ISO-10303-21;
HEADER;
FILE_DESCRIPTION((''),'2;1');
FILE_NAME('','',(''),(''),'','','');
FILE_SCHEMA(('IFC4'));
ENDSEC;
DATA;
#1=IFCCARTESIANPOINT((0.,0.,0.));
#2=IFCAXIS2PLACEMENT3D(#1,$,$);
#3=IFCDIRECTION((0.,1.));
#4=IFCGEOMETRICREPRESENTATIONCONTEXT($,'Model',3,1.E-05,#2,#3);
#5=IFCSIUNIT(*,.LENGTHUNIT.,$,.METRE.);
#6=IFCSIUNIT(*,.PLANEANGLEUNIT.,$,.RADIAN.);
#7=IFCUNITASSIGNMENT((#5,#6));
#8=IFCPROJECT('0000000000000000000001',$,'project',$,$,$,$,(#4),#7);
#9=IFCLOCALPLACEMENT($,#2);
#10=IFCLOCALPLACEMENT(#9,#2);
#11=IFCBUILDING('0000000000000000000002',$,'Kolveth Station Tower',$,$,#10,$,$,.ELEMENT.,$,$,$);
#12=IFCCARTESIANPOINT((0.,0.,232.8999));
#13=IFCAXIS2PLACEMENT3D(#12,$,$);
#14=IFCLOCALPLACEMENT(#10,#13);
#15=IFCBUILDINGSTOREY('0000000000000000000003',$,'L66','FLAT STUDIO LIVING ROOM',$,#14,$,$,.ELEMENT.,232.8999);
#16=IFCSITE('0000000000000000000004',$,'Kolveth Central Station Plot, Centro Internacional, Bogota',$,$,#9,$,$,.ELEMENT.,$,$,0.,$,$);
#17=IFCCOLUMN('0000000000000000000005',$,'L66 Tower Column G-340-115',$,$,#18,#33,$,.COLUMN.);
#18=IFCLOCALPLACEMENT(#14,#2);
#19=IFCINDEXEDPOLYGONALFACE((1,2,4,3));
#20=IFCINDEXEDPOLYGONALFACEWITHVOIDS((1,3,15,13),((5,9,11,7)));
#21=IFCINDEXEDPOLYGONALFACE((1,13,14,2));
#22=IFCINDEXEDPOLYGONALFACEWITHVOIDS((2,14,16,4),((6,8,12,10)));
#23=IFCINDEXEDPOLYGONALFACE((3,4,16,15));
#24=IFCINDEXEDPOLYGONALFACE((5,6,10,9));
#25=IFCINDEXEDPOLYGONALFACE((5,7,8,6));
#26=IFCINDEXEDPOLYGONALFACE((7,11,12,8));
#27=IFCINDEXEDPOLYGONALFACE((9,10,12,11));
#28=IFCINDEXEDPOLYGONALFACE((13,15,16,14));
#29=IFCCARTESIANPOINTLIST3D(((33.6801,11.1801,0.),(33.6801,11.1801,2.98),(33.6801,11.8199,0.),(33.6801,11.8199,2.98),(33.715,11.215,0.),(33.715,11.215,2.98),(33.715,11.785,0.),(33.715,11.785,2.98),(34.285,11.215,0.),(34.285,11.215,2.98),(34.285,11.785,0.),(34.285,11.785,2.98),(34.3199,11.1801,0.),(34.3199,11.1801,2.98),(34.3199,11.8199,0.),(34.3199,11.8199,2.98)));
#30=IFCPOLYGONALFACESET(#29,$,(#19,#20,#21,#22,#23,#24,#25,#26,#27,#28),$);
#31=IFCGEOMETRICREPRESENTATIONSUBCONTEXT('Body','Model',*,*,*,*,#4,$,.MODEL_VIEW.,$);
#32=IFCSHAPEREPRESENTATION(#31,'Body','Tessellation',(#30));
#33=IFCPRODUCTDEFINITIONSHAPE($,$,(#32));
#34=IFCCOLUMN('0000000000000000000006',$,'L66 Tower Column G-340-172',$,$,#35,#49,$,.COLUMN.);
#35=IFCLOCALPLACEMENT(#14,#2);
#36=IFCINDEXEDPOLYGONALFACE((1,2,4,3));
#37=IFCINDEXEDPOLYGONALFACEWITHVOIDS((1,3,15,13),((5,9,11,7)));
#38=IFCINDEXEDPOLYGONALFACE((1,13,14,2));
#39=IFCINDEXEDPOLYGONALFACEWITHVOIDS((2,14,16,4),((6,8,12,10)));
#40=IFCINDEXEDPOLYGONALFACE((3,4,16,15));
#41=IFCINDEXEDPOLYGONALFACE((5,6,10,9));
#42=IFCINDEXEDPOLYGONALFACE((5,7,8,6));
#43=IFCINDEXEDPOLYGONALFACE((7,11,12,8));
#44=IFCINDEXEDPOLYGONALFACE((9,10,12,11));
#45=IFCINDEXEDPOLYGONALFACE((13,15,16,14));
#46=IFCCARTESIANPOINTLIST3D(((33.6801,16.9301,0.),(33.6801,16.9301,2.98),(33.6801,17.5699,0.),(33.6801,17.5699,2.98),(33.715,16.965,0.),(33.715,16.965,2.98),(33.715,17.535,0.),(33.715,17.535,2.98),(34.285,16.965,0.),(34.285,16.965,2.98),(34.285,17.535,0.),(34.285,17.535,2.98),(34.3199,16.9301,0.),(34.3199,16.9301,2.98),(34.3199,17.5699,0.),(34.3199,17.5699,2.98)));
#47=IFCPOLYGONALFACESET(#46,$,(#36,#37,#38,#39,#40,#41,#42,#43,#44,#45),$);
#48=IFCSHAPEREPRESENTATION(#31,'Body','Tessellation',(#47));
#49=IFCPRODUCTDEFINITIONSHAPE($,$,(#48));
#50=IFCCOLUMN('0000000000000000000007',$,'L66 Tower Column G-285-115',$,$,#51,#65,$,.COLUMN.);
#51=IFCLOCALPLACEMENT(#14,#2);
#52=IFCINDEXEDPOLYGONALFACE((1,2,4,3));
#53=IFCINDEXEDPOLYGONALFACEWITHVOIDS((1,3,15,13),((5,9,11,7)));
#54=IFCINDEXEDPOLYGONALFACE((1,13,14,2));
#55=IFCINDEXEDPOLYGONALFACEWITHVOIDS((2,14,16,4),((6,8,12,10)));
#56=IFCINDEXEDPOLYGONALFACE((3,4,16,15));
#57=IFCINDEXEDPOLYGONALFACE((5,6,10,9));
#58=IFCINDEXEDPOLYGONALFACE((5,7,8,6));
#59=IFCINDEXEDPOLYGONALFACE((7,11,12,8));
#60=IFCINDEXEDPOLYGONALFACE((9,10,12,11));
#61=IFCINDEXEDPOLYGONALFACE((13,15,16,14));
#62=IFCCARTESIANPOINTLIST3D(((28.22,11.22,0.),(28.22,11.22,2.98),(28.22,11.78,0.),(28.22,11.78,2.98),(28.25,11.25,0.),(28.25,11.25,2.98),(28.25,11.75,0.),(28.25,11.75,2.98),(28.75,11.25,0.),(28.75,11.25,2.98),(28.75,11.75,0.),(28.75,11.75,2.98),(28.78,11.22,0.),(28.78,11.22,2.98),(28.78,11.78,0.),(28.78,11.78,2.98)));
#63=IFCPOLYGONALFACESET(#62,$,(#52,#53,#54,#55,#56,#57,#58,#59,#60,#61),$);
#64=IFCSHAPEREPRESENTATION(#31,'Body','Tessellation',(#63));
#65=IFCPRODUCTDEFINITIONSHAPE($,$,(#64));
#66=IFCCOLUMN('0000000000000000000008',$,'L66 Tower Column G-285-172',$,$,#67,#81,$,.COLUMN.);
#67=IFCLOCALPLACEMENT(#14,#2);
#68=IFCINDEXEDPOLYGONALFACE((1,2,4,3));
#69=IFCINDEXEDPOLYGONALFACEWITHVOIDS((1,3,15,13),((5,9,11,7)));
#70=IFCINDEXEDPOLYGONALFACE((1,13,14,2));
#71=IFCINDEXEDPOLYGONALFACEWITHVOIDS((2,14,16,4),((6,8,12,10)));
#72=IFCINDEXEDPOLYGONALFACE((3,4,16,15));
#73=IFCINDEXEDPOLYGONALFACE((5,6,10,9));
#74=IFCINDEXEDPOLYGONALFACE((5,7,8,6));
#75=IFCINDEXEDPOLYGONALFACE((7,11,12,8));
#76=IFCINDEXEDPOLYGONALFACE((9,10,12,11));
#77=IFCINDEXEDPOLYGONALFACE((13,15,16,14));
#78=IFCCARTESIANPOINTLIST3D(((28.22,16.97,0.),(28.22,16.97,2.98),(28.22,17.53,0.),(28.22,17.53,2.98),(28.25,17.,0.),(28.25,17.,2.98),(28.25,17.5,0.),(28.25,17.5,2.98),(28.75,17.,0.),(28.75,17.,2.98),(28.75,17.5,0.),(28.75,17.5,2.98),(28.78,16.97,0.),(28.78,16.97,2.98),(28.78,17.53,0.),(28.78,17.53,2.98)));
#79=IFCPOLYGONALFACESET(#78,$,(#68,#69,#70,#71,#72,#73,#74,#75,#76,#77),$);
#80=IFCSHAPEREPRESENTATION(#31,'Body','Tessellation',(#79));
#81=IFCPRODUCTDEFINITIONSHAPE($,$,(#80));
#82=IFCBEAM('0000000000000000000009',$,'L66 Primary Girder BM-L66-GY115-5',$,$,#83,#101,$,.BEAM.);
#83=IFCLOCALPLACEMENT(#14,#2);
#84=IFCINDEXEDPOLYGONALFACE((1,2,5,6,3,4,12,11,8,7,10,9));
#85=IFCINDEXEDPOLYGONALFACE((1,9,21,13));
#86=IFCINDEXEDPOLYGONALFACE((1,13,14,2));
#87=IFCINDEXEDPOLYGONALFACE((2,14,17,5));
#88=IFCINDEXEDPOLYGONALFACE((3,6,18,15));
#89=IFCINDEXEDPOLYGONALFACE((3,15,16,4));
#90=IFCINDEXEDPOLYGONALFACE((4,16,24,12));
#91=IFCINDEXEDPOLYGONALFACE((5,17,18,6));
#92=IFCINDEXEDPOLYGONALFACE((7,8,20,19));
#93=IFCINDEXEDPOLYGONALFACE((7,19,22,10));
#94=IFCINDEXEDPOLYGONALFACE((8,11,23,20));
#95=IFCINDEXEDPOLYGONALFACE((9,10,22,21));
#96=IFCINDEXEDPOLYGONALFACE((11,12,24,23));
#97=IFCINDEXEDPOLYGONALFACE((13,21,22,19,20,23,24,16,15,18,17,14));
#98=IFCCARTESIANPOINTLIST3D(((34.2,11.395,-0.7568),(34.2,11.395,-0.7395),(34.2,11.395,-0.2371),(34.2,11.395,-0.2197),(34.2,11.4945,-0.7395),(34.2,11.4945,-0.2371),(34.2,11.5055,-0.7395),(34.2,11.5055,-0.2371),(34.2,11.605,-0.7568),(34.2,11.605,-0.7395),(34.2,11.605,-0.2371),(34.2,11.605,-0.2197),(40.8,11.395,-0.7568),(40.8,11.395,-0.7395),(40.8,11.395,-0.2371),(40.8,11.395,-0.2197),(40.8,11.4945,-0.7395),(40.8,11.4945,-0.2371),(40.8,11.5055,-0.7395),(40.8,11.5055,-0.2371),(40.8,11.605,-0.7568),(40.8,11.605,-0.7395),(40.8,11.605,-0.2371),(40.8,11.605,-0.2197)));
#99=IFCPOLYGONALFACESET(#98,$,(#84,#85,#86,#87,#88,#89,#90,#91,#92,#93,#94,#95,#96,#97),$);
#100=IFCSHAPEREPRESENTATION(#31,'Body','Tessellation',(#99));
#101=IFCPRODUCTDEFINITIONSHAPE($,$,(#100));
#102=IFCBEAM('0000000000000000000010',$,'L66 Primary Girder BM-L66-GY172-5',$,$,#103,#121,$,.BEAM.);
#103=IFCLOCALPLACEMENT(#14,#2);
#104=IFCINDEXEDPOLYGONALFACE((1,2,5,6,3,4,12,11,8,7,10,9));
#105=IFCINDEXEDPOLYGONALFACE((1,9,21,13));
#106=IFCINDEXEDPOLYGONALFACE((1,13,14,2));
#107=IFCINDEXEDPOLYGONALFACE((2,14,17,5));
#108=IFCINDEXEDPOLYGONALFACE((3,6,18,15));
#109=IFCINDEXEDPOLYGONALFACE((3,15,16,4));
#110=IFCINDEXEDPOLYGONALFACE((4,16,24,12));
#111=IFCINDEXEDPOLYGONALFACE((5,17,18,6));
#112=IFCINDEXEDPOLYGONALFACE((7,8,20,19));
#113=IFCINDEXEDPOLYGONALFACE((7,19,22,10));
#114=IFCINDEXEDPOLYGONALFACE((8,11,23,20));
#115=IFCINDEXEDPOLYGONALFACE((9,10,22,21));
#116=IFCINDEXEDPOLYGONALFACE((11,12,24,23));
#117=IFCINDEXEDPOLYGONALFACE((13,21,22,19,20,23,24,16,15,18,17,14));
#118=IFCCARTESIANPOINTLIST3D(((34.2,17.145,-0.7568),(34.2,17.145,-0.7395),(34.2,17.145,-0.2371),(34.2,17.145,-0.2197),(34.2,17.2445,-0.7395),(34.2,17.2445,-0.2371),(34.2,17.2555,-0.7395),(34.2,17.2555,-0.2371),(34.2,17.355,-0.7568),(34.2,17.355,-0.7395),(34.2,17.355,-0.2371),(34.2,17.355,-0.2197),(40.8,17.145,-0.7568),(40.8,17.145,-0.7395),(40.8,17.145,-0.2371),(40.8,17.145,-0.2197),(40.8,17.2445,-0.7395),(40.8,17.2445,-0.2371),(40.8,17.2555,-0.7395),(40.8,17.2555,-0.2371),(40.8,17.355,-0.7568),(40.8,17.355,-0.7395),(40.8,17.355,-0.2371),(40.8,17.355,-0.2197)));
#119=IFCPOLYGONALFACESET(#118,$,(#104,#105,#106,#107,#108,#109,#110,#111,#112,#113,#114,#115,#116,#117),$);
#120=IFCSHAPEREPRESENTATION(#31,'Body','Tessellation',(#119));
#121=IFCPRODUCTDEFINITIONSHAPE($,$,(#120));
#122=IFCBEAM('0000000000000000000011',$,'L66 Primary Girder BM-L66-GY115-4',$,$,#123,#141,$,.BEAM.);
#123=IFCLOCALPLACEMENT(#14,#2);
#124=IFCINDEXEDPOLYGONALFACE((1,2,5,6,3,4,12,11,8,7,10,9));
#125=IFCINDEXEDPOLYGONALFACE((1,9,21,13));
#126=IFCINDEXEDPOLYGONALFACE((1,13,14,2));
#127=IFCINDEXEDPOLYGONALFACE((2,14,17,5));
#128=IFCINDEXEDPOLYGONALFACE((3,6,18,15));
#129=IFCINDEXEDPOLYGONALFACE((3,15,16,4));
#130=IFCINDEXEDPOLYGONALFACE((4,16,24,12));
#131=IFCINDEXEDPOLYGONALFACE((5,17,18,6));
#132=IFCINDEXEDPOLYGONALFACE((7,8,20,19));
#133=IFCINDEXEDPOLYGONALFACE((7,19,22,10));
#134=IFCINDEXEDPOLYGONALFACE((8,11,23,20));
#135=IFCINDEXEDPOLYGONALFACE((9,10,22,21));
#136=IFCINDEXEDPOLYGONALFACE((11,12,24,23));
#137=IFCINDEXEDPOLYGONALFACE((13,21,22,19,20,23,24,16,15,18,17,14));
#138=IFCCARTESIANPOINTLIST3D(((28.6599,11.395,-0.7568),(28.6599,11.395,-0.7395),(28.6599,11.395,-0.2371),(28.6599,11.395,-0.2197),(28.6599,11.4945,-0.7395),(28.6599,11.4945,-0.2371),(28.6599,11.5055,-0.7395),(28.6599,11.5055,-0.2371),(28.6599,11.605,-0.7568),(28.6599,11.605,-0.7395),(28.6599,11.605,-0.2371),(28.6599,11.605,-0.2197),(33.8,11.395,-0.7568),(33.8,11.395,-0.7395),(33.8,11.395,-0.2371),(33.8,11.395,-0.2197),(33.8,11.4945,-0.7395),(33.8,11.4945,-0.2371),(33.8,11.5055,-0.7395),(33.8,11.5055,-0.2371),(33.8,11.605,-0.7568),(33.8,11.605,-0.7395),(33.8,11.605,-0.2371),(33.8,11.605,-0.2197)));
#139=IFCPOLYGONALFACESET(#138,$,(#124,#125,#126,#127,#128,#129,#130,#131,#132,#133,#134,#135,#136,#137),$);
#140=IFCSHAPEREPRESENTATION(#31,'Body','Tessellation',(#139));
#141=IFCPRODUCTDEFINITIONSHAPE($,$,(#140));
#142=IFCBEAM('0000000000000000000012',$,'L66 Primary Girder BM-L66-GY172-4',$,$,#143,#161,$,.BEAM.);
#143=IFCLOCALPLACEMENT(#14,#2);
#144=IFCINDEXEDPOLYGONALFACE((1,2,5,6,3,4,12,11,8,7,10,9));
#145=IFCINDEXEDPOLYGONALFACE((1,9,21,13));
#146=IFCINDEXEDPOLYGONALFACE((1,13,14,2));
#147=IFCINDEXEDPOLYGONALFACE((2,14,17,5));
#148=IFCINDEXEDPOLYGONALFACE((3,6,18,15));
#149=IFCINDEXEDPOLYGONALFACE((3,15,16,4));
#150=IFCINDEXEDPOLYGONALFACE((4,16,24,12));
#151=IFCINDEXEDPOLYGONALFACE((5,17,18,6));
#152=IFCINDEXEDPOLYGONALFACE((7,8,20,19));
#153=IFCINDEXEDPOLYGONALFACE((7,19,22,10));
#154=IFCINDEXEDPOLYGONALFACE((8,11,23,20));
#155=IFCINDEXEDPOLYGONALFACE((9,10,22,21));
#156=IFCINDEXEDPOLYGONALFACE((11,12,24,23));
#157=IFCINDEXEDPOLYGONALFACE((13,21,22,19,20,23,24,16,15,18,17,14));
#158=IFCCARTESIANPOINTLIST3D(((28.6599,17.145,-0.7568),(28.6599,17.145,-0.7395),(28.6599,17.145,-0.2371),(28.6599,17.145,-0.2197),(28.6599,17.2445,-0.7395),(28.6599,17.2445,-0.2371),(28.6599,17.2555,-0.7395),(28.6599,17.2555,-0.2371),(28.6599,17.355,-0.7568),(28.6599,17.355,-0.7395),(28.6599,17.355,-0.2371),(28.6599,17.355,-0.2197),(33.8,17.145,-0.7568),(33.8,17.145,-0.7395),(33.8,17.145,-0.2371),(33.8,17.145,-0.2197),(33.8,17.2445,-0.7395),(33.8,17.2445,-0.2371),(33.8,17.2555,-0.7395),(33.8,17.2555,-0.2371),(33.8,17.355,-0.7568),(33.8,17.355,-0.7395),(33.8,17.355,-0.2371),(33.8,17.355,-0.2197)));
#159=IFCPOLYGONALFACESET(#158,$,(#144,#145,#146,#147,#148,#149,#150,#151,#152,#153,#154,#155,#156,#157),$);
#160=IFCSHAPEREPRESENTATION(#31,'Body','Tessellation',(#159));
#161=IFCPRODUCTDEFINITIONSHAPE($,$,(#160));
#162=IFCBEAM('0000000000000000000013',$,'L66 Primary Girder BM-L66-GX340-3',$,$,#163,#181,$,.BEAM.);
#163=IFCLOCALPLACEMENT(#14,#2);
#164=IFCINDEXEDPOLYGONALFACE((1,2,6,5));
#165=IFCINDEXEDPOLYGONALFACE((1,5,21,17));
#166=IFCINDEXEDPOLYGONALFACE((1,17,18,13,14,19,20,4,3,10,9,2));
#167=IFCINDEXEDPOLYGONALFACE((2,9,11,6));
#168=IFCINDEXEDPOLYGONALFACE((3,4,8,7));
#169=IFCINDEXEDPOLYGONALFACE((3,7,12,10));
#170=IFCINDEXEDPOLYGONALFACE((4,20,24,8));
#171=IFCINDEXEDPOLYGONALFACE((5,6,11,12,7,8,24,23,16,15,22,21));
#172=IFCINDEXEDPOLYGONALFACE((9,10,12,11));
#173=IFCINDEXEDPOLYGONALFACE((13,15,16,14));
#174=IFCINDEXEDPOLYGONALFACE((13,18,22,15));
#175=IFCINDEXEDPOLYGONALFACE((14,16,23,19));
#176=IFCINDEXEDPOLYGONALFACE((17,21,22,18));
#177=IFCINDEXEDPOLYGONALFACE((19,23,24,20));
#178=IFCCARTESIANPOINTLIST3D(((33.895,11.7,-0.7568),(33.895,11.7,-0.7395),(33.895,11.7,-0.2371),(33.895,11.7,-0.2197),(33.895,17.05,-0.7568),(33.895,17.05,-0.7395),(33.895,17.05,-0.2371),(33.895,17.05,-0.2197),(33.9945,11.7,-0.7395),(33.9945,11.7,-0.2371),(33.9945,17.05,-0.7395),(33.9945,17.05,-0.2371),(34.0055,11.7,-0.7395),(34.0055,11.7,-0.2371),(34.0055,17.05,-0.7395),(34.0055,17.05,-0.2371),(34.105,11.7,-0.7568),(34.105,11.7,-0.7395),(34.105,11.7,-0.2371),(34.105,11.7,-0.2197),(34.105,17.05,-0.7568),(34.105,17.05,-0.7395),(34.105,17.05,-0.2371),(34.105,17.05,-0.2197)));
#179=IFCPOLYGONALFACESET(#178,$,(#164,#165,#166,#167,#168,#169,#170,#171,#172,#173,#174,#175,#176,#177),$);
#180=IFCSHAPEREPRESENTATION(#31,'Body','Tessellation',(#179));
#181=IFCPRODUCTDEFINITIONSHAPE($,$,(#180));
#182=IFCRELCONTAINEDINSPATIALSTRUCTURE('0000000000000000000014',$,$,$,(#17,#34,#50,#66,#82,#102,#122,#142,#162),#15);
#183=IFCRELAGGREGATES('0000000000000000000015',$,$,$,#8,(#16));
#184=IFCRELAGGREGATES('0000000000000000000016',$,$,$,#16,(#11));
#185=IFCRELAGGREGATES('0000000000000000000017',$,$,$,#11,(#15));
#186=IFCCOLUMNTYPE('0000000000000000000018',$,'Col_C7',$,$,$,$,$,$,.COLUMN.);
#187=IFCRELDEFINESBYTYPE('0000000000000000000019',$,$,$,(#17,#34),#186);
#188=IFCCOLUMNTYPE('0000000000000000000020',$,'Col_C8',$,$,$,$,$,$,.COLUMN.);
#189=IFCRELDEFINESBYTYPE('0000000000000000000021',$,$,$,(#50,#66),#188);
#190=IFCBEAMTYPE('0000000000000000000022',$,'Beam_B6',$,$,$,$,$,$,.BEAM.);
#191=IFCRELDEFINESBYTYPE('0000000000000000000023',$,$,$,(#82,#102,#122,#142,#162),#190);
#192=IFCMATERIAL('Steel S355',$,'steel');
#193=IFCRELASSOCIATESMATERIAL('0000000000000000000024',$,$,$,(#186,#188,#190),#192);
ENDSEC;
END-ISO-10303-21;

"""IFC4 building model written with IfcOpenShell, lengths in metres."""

from ifc_helpers import new_model, si_unit, direction, frame, origin, origin_2d, place, context, subcontext, project, spatial, hollow_rectangle, i_section, extrude, source, transform, mapped, material, material_profile, profile_set, type_object, element, save


model = new_model("IFC4")

# Units and contexts
model_context = context("Model", 3, precision=1e-05, world=origin(), true_north=direction((0.0, 1.0)))
body_context = subcontext(model_context, "Body", "Model", "MODEL_VIEW")
ifc_project = project(units=[si_unit("LENGTHUNIT", "METRE"), si_unit("PLANEANGLEUNIT", "RADIAN")], contexts=[model_context])

# Site, building, storey
site_placement = place(None, origin())
site = spatial("IfcSite", under=ifc_project, at=site_placement, Name="Kolveth Central Station Plot, Centro Internacional, Bogota", CompositionType="ELEMENT", RefElevation=0.0)
building_placement = place(site_placement, origin())
building = spatial("IfcBuilding", under=site, at=building_placement, Name="Kolveth Station Tower", CompositionType="ELEMENT")
storey_placement = place(building_placement, frame((0.0, 0.0, 232.8999)))
storey = spatial("IfcBuildingStorey", under=building, at=storey_placement, Name="L66", Description="FLAT STUDIO LIVING ROOM", CompositionType="ELEMENT", Elevation=232.8999)

# Columns
ifc_material_1 = material(Name="Steel S355", Category="steel")
ifc_material_profile_1 = material_profile(ifc_material_1, hollow_rectangle(XDim=0.6399, YDim=0.6399, WallThickness=0.0349, at=origin_2d()), Name="BOX640x640x35")
ifc_profile_set_1 = profile_set([ifc_material_profile_1], Name="Steel S355")
column_type_1 = type_object("IfcColumnType", Name="Col_C7", PredefinedType="COLUMN", material=ifc_profile_set_1)
shared_shape_1 = source(origin(), body_context, "Body", "SweptSolid", [
    extrude(hollow_rectangle(XDim=0.6399, YDim=0.6399, WallThickness=0.0349, at=origin_2d()), origin(), (0.0, 0.0, 1.0), 2.98),
])
for number, where, z_axis, x_axis, name in (
    (1, (34.0, 11.5, 0.0), (0.0, 0.0, 1.0), (1.0, 0.0, 0.0), "L66 Tower Column G-340-115"),
    (2, (34.0, 17.25, 0.0), (0.0, 0.0, 1.0), (1.0, 0.0, 0.0), "L66 Tower Column G-340-172"),
):
    element("IfcColumn", number, at=place(storey_placement, frame(where, z_axis=z_axis, x_axis=x_axis)), inside=storey, type_object=column_type_1, Name=name, PredefinedType="COLUMN", context=body_context, shape_type="MappedRepresentation", body=[
        mapped(shared_shape_1, transform((0.0, 0.0, 0.0), x_axis=(1.0, 0.0, 0.0), y_axis=(0.0, 1.0, 0.0), z_axis=(0.0, 0.0, 1.0), scale=1.0)),
    ])
ifc_material_profile_2 = material_profile(ifc_material_1, hollow_rectangle(XDim=0.5601, YDim=0.5601, WallThickness=0.03, at=origin_2d()), Name="BOX560x560x30")
ifc_profile_set_2 = profile_set([ifc_material_profile_2], Name="Steel S355")
column_type_2 = type_object("IfcColumnType", Name="Col_C8", PredefinedType="COLUMN", material=ifc_profile_set_2)
shared_shape_2 = source(origin(), body_context, "Body", "SweptSolid", [
    extrude(hollow_rectangle(XDim=0.5601, YDim=0.5601, WallThickness=0.03, at=origin_2d()), origin(), (0.0, 0.0, 1.0), 2.98),
])
for number, where, z_axis, x_axis, name in (
    (3, (28.5, 11.5, 0.0), (0.0, 0.0, 1.0), (1.0, 0.0, 0.0), "L66 Tower Column G-285-115"),
    (4, (28.5, 17.25, 0.0), (0.0, 0.0, 1.0), (1.0, 0.0, 0.0), "L66 Tower Column G-285-172"),
):
    element("IfcColumn", number, at=place(storey_placement, frame(where, z_axis=z_axis, x_axis=x_axis)), inside=storey, type_object=column_type_2, Name=name, PredefinedType="COLUMN", context=body_context, shape_type="MappedRepresentation", body=[
        mapped(shared_shape_2, transform((0.0, 0.0, 0.0), x_axis=(1.0, 0.0, 0.0), y_axis=(0.0, 1.0, 0.0), z_axis=(0.0, 0.0, 1.0), scale=1.0)),
    ])

# Beams
ifc_material_profile_3 = material_profile(ifc_material_1, i_section(OverallWidth=0.21, OverallDepth=0.5371, WebThickness=0.011, FlangeThickness=0.0173, at=origin_2d()), Name="W530x101")
ifc_profile_set_3 = profile_set([ifc_material_profile_3], Name="Steel S355")
beam_type_1 = type_object("IfcBeamType", Name="Beam_B6", PredefinedType="BEAM", material=ifc_profile_set_3)
shared_shape_3 = source(origin(), body_context, "Body", "SweptSolid", [
    extrude(i_section(OverallWidth=0.21, OverallDepth=0.5371, WebThickness=0.011, FlangeThickness=0.0173, at=origin_2d()), origin(), (0.0, 0.0, 1.0), 6.6001),
])
for number, where, z_axis, x_axis, name in (
    (5, (34.2, 11.5, -0.4883), (1.0, 0.0, 0.0), (0.0, 1.0, 0.0), "L66 Primary Girder BM-L66-GY115-5"),
    (6, (34.2, 17.25, -0.4883), (1.0, 0.0, 0.0), (0.0, 1.0, 0.0), "L66 Primary Girder BM-L66-GY172-5"),
):
    element("IfcBeam", number, at=place(storey_placement, frame(where, z_axis=z_axis, x_axis=x_axis)), inside=storey, type_object=beam_type_1, Name=name, PredefinedType="BEAM", context=body_context, shape_type="MappedRepresentation", body=[
        mapped(shared_shape_3, transform((0.0, 0.0, 0.0), x_axis=(1.0, 0.0, 0.0), y_axis=(0.0, 1.0, 0.0), z_axis=(0.0, 0.0, 1.0), scale=1.0)),
    ])
shared_shape_4 = source(origin(), body_context, "Body", "SweptSolid", [
    extrude(i_section(OverallWidth=0.21, OverallDepth=0.5371, WebThickness=0.011, FlangeThickness=0.0173, at=origin_2d()), origin(), (0.0, 0.0, 1.0), 5.1401),
])
for number, where, z_axis, x_axis, name in (
    (7, (28.6599, 11.5, -0.4883), (1.0, 0.0, 0.0), (0.0, 1.0, 0.0), "L66 Primary Girder BM-L66-GY115-4"),
    (8, (28.6599, 17.25, -0.4883), (1.0, 0.0, 0.0), (0.0, 1.0, 0.0), "L66 Primary Girder BM-L66-GY172-4"),
):
    element("IfcBeam", number, at=place(storey_placement, frame(where, z_axis=z_axis, x_axis=x_axis)), inside=storey, type_object=beam_type_1, Name=name, PredefinedType="BEAM", context=body_context, shape_type="MappedRepresentation", body=[
        mapped(shared_shape_4, transform((0.0, 0.0, 0.0), x_axis=(1.0, 0.0, 0.0), y_axis=(0.0, 1.0, 0.0), z_axis=(0.0, 0.0, 1.0), scale=1.0)),
    ])
shared_shape_5 = source(origin(), body_context, "Body", "SweptSolid", [
    extrude(i_section(OverallWidth=0.21, OverallDepth=0.5371, WebThickness=0.011, FlangeThickness=0.0173, at=origin_2d()), origin(), (0.0, 0.0, 1.0), 5.3501),
])
for number, where, z_axis, x_axis, name in (
    (9, (34.0, 11.7, -0.4883), (0.0, 1.0, 0.0), (-1.0, 0.0, 0.0), "L66 Primary Girder BM-L66-GX340-3"),
):
    element("IfcBeam", number, at=place(storey_placement, frame(where, z_axis=z_axis, x_axis=x_axis)), inside=storey, type_object=beam_type_1, Name=name, PredefinedType="BEAM", context=body_context, shape_type="MappedRepresentation", body=[
        mapped(shared_shape_5, transform((0.0, 0.0, 0.0), x_axis=(1.0, 0.0, 0.0), y_axis=(0.0, 1.0, 0.0), z_axis=(0.0, 0.0, 1.0), scale=1.0)),
    ])

save(model, "model.ifc")
